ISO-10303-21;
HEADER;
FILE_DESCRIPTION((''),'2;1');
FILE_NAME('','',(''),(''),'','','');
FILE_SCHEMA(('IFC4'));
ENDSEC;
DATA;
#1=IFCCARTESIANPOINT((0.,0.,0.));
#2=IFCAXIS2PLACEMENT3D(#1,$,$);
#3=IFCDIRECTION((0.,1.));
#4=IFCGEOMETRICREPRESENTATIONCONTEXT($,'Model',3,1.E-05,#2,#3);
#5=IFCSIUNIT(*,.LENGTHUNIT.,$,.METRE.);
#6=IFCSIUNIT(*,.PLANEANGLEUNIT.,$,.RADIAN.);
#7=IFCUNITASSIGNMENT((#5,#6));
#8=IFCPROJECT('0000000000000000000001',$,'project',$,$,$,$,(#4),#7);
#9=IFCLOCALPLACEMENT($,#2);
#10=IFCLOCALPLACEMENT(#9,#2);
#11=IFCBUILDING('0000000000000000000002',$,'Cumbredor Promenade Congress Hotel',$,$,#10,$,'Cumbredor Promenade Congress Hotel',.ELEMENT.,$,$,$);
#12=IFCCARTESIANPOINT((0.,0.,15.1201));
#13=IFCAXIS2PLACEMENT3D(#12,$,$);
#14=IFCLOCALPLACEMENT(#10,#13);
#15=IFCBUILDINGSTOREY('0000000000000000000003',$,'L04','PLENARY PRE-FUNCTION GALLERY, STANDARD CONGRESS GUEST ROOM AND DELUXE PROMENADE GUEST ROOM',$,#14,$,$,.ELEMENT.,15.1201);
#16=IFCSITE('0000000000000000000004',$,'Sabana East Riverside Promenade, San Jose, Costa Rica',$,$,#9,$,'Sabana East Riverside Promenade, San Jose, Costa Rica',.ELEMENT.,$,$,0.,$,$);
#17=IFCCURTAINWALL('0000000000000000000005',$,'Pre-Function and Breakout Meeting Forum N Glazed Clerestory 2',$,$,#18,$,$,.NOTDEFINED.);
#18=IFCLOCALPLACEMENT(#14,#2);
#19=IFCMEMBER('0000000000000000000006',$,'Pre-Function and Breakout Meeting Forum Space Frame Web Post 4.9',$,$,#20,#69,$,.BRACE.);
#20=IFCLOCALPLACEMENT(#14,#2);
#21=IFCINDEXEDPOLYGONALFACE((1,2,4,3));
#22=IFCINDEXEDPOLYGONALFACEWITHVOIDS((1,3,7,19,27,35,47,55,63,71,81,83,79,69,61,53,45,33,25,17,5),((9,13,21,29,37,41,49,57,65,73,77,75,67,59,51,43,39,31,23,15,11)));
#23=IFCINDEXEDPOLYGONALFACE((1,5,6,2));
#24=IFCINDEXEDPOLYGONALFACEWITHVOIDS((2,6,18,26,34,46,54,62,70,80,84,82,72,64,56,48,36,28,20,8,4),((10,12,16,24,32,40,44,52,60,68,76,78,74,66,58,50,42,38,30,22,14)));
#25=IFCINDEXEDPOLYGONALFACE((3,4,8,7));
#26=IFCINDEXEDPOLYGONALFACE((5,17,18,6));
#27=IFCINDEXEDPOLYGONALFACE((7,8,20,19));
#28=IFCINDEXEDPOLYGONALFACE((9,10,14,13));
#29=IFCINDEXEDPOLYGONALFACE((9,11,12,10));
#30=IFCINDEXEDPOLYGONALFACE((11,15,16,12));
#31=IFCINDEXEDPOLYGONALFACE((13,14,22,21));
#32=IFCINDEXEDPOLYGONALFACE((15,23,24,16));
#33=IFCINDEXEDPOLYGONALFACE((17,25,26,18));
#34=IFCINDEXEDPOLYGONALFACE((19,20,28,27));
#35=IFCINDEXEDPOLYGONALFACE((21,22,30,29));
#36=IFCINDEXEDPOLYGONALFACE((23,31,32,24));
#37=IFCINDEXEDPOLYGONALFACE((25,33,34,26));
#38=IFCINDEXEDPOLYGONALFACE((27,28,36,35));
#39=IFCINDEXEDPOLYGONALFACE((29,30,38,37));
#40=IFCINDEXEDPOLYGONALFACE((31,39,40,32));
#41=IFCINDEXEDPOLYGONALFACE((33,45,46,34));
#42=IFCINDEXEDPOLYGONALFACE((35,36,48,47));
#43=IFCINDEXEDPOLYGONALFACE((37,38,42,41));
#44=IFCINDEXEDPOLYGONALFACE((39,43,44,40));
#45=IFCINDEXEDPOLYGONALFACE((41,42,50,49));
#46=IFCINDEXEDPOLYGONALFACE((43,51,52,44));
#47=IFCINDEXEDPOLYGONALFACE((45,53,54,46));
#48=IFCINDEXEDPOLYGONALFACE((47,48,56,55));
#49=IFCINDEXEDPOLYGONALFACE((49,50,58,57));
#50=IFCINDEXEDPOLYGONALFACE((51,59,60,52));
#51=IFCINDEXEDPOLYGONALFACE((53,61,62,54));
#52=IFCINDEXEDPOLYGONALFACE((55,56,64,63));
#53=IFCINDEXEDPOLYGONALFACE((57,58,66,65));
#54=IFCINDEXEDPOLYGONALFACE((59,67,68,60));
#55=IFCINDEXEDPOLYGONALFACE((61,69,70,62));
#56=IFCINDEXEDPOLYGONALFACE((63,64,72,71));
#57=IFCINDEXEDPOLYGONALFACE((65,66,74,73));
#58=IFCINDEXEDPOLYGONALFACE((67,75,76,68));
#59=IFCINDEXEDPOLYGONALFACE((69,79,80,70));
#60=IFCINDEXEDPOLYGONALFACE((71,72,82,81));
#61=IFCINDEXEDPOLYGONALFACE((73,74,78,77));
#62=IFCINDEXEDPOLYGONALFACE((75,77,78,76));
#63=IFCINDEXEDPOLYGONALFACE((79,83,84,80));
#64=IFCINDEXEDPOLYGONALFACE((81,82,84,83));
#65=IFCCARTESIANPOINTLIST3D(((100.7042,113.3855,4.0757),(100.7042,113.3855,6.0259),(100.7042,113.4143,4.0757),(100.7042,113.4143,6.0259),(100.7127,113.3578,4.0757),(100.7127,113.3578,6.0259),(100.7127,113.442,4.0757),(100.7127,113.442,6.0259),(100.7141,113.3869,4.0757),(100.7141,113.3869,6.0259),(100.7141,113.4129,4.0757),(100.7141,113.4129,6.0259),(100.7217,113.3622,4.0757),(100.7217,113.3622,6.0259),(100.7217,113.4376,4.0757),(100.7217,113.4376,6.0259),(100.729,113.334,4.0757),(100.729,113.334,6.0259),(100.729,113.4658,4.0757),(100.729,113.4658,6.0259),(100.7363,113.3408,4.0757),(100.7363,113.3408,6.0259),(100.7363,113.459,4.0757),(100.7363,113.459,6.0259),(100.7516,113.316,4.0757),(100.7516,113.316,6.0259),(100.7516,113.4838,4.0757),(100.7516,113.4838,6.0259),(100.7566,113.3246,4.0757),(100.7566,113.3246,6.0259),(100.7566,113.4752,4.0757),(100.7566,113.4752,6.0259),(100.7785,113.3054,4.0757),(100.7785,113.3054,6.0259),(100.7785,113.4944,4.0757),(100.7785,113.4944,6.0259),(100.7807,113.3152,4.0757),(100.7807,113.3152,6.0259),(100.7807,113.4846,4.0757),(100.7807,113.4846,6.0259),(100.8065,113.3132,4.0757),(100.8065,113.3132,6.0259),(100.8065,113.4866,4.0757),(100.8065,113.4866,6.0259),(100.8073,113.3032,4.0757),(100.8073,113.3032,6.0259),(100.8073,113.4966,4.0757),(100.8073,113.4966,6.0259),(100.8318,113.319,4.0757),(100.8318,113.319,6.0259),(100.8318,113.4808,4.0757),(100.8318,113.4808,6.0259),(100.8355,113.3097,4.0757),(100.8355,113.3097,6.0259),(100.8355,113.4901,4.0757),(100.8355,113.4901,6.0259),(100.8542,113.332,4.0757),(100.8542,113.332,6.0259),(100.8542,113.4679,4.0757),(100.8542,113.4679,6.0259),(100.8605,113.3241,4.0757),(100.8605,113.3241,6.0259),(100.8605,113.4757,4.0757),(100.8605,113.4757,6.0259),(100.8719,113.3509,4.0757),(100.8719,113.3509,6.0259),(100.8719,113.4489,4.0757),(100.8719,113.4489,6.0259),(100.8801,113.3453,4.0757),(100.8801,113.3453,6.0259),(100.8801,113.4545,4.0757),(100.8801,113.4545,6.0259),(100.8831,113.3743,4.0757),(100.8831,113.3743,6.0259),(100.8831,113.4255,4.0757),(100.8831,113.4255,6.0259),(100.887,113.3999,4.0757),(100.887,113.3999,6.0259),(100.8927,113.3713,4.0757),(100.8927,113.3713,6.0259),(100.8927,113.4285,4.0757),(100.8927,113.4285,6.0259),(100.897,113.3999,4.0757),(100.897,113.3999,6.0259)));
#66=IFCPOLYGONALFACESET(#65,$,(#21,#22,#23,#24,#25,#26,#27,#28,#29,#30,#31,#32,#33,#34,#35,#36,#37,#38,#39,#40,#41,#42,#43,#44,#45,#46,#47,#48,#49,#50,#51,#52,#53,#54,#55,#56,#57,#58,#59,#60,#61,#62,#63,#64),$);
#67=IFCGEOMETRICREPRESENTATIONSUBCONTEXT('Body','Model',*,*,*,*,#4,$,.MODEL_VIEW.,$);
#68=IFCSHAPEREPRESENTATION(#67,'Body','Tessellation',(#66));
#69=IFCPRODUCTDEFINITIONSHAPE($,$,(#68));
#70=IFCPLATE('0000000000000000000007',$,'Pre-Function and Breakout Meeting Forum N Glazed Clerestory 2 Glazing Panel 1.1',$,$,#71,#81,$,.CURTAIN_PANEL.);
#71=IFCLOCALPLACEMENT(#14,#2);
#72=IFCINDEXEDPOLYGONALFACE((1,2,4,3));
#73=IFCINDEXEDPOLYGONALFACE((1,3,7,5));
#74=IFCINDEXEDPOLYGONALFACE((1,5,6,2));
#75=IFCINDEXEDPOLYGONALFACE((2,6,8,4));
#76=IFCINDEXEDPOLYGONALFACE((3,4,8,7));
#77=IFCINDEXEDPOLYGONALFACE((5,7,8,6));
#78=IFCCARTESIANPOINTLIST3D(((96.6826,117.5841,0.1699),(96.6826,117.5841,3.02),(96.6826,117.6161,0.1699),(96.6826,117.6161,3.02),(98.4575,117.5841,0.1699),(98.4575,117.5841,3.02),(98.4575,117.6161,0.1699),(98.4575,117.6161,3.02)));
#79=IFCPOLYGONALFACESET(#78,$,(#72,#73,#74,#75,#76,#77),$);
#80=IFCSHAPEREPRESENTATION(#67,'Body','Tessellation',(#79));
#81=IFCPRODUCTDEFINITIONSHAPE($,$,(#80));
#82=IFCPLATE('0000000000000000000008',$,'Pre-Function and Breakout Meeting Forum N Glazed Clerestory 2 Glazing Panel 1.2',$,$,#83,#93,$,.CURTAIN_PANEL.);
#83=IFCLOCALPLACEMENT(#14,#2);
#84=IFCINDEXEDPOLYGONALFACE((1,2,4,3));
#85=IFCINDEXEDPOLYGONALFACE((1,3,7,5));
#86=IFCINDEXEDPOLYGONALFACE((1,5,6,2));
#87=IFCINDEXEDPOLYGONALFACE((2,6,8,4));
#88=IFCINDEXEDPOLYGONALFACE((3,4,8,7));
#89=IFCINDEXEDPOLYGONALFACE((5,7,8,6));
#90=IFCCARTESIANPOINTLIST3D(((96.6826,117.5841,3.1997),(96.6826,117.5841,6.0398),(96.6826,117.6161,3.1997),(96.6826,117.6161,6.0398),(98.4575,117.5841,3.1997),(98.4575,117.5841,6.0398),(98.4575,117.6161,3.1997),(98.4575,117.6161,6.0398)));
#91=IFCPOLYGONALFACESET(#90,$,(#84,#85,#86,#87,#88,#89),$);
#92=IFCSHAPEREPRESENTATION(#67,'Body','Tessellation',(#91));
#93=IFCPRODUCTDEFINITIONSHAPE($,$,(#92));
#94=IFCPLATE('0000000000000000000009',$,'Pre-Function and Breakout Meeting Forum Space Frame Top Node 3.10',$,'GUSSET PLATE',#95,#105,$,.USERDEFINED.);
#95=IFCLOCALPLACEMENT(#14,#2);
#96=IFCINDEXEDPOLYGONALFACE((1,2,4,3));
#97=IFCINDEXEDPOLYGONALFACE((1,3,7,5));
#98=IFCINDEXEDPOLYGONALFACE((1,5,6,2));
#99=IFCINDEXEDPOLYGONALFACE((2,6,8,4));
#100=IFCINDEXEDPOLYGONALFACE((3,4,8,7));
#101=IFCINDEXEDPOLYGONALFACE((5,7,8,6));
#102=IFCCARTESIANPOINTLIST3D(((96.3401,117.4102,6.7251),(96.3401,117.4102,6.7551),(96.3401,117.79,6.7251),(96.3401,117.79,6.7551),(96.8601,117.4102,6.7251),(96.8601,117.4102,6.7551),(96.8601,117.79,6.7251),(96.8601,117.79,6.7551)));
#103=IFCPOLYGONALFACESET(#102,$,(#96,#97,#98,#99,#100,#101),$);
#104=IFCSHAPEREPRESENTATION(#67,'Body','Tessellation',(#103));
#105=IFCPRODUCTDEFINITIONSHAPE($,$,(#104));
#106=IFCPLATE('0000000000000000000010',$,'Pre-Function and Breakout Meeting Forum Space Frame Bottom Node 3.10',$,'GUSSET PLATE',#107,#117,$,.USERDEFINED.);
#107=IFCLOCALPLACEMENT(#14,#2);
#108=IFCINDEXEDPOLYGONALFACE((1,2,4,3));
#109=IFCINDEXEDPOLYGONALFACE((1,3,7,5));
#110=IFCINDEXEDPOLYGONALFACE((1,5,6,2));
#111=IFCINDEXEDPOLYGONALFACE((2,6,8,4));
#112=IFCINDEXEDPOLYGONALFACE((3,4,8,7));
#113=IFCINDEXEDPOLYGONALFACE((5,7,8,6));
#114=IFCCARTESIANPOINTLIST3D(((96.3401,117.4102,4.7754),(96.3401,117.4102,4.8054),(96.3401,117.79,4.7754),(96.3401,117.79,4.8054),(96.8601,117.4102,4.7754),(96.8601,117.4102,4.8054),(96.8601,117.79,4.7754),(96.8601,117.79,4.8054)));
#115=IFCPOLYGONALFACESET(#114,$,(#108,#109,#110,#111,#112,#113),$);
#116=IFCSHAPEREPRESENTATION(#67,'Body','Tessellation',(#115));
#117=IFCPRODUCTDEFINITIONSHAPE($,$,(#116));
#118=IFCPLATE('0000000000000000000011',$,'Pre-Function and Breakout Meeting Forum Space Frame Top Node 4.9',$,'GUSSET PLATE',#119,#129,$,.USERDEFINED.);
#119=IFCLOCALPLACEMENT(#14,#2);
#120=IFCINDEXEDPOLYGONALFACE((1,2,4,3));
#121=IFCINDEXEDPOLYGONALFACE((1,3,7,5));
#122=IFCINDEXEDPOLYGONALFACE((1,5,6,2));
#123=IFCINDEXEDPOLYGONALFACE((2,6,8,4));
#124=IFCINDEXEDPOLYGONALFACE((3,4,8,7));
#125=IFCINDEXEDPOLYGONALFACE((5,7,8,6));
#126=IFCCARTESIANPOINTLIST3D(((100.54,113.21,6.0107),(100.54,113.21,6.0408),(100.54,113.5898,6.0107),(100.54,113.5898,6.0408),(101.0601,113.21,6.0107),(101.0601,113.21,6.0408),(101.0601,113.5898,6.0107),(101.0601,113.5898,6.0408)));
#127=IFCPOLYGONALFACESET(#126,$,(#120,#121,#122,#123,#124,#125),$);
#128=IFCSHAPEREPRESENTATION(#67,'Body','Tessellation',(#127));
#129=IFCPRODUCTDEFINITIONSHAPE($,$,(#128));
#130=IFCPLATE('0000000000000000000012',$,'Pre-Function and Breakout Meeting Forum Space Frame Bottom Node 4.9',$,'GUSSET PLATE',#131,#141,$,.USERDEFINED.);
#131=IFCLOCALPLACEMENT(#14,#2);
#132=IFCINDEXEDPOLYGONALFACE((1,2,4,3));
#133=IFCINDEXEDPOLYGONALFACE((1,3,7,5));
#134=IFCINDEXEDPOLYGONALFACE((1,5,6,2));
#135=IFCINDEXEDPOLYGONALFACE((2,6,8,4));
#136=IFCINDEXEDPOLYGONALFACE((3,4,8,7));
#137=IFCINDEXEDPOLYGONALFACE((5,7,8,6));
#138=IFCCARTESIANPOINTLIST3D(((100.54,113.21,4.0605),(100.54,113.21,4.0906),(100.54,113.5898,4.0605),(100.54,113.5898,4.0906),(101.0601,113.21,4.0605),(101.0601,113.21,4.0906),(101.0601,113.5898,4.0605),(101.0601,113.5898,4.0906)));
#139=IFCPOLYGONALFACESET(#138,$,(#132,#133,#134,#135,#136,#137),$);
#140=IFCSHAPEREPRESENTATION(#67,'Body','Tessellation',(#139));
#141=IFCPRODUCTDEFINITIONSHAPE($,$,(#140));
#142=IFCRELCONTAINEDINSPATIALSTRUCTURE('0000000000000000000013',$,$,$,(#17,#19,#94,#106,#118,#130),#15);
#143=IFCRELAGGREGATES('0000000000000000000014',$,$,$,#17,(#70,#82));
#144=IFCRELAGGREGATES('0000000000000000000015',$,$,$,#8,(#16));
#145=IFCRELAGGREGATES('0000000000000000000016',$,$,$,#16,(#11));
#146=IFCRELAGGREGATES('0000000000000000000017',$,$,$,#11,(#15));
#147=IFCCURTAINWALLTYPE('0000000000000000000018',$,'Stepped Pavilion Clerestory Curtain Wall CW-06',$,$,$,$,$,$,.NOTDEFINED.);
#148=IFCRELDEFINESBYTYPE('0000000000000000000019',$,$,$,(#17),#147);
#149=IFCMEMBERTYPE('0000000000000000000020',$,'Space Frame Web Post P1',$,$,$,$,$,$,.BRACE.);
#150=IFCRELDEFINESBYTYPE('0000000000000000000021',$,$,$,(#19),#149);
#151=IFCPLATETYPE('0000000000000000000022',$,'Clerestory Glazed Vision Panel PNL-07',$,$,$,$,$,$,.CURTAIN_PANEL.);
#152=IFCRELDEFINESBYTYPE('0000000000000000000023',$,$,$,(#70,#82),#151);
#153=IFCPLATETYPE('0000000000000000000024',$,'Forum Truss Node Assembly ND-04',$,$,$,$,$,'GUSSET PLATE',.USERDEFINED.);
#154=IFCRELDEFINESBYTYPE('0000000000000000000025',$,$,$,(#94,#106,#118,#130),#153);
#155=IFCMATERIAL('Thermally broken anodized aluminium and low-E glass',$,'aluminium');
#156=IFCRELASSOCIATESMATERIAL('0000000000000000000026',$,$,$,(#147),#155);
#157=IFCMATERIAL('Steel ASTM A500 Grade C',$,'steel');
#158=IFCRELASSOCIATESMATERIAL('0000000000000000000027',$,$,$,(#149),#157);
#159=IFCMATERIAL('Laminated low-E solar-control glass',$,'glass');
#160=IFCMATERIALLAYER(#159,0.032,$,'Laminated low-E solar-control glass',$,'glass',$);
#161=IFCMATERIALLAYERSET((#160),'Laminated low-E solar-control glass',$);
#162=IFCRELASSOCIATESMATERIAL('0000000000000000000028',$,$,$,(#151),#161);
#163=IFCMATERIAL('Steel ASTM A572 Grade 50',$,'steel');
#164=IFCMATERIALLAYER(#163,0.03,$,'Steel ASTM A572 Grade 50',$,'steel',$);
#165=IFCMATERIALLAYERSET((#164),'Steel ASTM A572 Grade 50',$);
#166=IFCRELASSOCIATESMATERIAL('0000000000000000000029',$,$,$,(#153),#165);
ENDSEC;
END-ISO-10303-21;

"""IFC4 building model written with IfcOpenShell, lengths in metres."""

from ifc_helpers import new_model, si_unit, direction, frame, origin, origin_2d, place, context, subcontext, project, spatial, rectangle, hollow_circle, extrude, material, layer, layer_set, material_profile, profile_set, type_object, element, aggregate, save


model = new_model("IFC4")

# Units and contexts
model_context = context("Model", 3, precision=1e-05, world=origin(), true_north=direction((0.0, 1.0)))
body_context = subcontext(model_context, "Body", "Model", "MODEL_VIEW")
ifc_project = project(units=[si_unit("LENGTHUNIT", "METRE"), si_unit("PLANEANGLEUNIT", "RADIAN")], contexts=[model_context])

# Site, building, storey
site_placement = place(None, origin())
site = spatial("IfcSite", under=ifc_project, at=site_placement, Name="Sabana East Riverside Promenade, San Jose, Costa Rica", LongName="Sabana East Riverside Promenade, San Jose, Costa Rica", CompositionType="ELEMENT", RefElevation=0.0)
building_placement = place(site_placement, origin())
building = spatial("IfcBuilding", under=site, at=building_placement, Name="Cumbredor Promenade Congress Hotel", LongName="Cumbredor Promenade Congress Hotel", CompositionType="ELEMENT")
storey_placement = place(building_placement, frame((0.0, 0.0, 15.1201)))
storey = spatial("IfcBuildingStorey", under=building, at=storey_placement, Name="L04", Description="PLENARY PRE-FUNCTION GALLERY, STANDARD CONGRESS GUEST ROOM AND DELUXE PROMENADE GUEST ROOM", CompositionType="ELEMENT", Elevation=15.1201)

# Curtain wall
ifc_material_1 = material(Name="Thermally broken anodized aluminium and low-E glass", Category="aluminium")
curtain_wall_type = type_object("IfcCurtainWallType", Name="Stepped Pavilion Clerestory Curtain Wall CW-06", PredefinedType="NOTDEFINED", material=ifc_material_1)
curtain_wall_placement = place(storey_placement, origin())
curtain_wall = element("IfcCurtainWall", 1, at=curtain_wall_placement, inside=storey, type_object=curtain_wall_type, Name="Pre-Function and Breakout Meeting Forum N Glazed Clerestory 2", PredefinedType="NOTDEFINED")

# Member
ifc_material_2 = material(Name="Steel ASTM A500 Grade C", Category="steel")
ifc_material_profile_1 = material_profile(ifc_material_2, hollow_circle(Radius=0.0969, WallThickness=0.01, at=origin_2d()), Name="CHS 193.7x10")
ifc_profile_set_1 = profile_set([ifc_material_profile_1], Name="Steel ASTM A500 Grade C")
member_type_1 = type_object("IfcMemberType", Name="Space Frame Web Post P1", PredefinedType="BRACE", material=ifc_profile_set_1)
member_1_placement = place(storey_placement, frame((100.8, 113.3999, 4.0757), z_axis=(0.0, 0.0, 1.0), x_axis=(1.0, 0.0, 0.0)))
element("IfcMember", 2, at=member_1_placement, inside=storey, type_object=member_type_1, Name="Pre-Function and Breakout Meeting Forum Space Frame Web Post 4.9", PredefinedType="BRACE", context=body_context, shape_type="SweptSolid", body=[
    extrude(hollow_circle(Radius=0.0969, WallThickness=0.01, at=origin_2d()), origin(), (0.0, 0.0, 1.0), 1.9502),
])

# Plates
ifc_material_3 = material(Name="Laminated low-E solar-control glass", Category="glass")
ifc_layer_1 = layer(ifc_material_3, 0.032, Name="Laminated low-E solar-control glass", Category="glass")
ifc_layer_set_1 = layer_set([ifc_layer_1], Name="Laminated low-E solar-control glass")
plate_type_1 = type_object("IfcPlateType", Name="Clerestory Glazed Vision Panel PNL-07", PredefinedType="CURTAIN_PANEL", material=ifc_layer_set_1)
plate_1_placement = place(storey_placement, frame((97.5701, 117.6001, 0.1699), z_axis=(0.0, 0.0, 1.0), x_axis=(1.0, 0.0, 0.0)))
plate_1 = element("IfcPlate", 3, at=plate_1_placement, type_object=plate_type_1, Name="Pre-Function and Breakout Meeting Forum N Glazed Clerestory 2 Glazing Panel 1.1", PredefinedType="CURTAIN_PANEL", context=body_context, shape_type="SweptSolid", body=[
    extrude(rectangle(XDim=1.7749, YDim=0.032, at=origin_2d()), origin(), (0.0, 0.0, 1.0), 2.8501),
])
plate_2_placement = place(storey_placement, frame((97.5701, 117.6001, 3.1997), z_axis=(0.0, 0.0, 1.0), x_axis=(1.0, 0.0, 0.0)))
plate_2 = element("IfcPlate", 4, at=plate_2_placement, type_object=plate_type_1, Name="Pre-Function and Breakout Meeting Forum N Glazed Clerestory 2 Glazing Panel 1.2", PredefinedType="CURTAIN_PANEL", context=body_context, shape_type="SweptSolid", body=[
    extrude(rectangle(XDim=1.7749, YDim=0.032, at=origin_2d()), origin(), (0.0, 0.0, 1.0), 2.8401),
])
aggregate(curtain_wall, [plate_1, plate_2])

# Plates
ifc_material_4 = material(Name="Steel ASTM A572 Grade 50", Category="steel")
ifc_layer_2 = layer(ifc_material_4, 0.03, Name="Steel ASTM A572 Grade 50", Category="steel")
ifc_layer_set_2 = layer_set([ifc_layer_2], Name="Steel ASTM A572 Grade 50")
plate_type_2 = type_object("IfcPlateType", Name="Forum Truss Node Assembly ND-04", ElementType="GUSSET PLATE", PredefinedType="USERDEFINED", material=ifc_layer_set_2)
for number, where, z_axis, x_axis, name in (
    (5, (96.6001, 117.6001, 6.7251), (0.0, 0.0, 1.0), (1.0, 0.0, 0.0), "Pre-Function and Breakout Meeting Forum Space Frame Top Node 3.10"),
    (6, (96.6001, 117.6001, 4.7754), (0.0, 0.0, 1.0), (1.0, 0.0, 0.0), "Pre-Function and Breakout Meeting Forum Space Frame Bottom Node 3.10"),
    (7, (100.8, 113.3999, 6.0107), (0.0, 0.0, 1.0), (1.0, 0.0, 0.0), "Pre-Function and Breakout Meeting Forum Space Frame Top Node 4.9"),
    (8, (100.8, 113.3999, 4.0605), (0.0, 0.0, 1.0), (1.0, 0.0, 0.0), "Pre-Function and Breakout Meeting Forum Space Frame Bottom Node 4.9"),
):
    element("IfcPlate", number, at=place(storey_placement, frame(where, z_axis=z_axis, x_axis=x_axis)), inside=storey, type_object=plate_type_2, Name=name, ObjectType="GUSSET PLATE", PredefinedType="USERDEFINED", context=body_context, shape_type="SweptSolid", body=[
        extrude(rectangle(XDim=0.52, YDim=0.3799, at=origin_2d()), origin(), (0.0, 0.0, 1.0), 0.03),
    ])

save(model, "model.ifc")
